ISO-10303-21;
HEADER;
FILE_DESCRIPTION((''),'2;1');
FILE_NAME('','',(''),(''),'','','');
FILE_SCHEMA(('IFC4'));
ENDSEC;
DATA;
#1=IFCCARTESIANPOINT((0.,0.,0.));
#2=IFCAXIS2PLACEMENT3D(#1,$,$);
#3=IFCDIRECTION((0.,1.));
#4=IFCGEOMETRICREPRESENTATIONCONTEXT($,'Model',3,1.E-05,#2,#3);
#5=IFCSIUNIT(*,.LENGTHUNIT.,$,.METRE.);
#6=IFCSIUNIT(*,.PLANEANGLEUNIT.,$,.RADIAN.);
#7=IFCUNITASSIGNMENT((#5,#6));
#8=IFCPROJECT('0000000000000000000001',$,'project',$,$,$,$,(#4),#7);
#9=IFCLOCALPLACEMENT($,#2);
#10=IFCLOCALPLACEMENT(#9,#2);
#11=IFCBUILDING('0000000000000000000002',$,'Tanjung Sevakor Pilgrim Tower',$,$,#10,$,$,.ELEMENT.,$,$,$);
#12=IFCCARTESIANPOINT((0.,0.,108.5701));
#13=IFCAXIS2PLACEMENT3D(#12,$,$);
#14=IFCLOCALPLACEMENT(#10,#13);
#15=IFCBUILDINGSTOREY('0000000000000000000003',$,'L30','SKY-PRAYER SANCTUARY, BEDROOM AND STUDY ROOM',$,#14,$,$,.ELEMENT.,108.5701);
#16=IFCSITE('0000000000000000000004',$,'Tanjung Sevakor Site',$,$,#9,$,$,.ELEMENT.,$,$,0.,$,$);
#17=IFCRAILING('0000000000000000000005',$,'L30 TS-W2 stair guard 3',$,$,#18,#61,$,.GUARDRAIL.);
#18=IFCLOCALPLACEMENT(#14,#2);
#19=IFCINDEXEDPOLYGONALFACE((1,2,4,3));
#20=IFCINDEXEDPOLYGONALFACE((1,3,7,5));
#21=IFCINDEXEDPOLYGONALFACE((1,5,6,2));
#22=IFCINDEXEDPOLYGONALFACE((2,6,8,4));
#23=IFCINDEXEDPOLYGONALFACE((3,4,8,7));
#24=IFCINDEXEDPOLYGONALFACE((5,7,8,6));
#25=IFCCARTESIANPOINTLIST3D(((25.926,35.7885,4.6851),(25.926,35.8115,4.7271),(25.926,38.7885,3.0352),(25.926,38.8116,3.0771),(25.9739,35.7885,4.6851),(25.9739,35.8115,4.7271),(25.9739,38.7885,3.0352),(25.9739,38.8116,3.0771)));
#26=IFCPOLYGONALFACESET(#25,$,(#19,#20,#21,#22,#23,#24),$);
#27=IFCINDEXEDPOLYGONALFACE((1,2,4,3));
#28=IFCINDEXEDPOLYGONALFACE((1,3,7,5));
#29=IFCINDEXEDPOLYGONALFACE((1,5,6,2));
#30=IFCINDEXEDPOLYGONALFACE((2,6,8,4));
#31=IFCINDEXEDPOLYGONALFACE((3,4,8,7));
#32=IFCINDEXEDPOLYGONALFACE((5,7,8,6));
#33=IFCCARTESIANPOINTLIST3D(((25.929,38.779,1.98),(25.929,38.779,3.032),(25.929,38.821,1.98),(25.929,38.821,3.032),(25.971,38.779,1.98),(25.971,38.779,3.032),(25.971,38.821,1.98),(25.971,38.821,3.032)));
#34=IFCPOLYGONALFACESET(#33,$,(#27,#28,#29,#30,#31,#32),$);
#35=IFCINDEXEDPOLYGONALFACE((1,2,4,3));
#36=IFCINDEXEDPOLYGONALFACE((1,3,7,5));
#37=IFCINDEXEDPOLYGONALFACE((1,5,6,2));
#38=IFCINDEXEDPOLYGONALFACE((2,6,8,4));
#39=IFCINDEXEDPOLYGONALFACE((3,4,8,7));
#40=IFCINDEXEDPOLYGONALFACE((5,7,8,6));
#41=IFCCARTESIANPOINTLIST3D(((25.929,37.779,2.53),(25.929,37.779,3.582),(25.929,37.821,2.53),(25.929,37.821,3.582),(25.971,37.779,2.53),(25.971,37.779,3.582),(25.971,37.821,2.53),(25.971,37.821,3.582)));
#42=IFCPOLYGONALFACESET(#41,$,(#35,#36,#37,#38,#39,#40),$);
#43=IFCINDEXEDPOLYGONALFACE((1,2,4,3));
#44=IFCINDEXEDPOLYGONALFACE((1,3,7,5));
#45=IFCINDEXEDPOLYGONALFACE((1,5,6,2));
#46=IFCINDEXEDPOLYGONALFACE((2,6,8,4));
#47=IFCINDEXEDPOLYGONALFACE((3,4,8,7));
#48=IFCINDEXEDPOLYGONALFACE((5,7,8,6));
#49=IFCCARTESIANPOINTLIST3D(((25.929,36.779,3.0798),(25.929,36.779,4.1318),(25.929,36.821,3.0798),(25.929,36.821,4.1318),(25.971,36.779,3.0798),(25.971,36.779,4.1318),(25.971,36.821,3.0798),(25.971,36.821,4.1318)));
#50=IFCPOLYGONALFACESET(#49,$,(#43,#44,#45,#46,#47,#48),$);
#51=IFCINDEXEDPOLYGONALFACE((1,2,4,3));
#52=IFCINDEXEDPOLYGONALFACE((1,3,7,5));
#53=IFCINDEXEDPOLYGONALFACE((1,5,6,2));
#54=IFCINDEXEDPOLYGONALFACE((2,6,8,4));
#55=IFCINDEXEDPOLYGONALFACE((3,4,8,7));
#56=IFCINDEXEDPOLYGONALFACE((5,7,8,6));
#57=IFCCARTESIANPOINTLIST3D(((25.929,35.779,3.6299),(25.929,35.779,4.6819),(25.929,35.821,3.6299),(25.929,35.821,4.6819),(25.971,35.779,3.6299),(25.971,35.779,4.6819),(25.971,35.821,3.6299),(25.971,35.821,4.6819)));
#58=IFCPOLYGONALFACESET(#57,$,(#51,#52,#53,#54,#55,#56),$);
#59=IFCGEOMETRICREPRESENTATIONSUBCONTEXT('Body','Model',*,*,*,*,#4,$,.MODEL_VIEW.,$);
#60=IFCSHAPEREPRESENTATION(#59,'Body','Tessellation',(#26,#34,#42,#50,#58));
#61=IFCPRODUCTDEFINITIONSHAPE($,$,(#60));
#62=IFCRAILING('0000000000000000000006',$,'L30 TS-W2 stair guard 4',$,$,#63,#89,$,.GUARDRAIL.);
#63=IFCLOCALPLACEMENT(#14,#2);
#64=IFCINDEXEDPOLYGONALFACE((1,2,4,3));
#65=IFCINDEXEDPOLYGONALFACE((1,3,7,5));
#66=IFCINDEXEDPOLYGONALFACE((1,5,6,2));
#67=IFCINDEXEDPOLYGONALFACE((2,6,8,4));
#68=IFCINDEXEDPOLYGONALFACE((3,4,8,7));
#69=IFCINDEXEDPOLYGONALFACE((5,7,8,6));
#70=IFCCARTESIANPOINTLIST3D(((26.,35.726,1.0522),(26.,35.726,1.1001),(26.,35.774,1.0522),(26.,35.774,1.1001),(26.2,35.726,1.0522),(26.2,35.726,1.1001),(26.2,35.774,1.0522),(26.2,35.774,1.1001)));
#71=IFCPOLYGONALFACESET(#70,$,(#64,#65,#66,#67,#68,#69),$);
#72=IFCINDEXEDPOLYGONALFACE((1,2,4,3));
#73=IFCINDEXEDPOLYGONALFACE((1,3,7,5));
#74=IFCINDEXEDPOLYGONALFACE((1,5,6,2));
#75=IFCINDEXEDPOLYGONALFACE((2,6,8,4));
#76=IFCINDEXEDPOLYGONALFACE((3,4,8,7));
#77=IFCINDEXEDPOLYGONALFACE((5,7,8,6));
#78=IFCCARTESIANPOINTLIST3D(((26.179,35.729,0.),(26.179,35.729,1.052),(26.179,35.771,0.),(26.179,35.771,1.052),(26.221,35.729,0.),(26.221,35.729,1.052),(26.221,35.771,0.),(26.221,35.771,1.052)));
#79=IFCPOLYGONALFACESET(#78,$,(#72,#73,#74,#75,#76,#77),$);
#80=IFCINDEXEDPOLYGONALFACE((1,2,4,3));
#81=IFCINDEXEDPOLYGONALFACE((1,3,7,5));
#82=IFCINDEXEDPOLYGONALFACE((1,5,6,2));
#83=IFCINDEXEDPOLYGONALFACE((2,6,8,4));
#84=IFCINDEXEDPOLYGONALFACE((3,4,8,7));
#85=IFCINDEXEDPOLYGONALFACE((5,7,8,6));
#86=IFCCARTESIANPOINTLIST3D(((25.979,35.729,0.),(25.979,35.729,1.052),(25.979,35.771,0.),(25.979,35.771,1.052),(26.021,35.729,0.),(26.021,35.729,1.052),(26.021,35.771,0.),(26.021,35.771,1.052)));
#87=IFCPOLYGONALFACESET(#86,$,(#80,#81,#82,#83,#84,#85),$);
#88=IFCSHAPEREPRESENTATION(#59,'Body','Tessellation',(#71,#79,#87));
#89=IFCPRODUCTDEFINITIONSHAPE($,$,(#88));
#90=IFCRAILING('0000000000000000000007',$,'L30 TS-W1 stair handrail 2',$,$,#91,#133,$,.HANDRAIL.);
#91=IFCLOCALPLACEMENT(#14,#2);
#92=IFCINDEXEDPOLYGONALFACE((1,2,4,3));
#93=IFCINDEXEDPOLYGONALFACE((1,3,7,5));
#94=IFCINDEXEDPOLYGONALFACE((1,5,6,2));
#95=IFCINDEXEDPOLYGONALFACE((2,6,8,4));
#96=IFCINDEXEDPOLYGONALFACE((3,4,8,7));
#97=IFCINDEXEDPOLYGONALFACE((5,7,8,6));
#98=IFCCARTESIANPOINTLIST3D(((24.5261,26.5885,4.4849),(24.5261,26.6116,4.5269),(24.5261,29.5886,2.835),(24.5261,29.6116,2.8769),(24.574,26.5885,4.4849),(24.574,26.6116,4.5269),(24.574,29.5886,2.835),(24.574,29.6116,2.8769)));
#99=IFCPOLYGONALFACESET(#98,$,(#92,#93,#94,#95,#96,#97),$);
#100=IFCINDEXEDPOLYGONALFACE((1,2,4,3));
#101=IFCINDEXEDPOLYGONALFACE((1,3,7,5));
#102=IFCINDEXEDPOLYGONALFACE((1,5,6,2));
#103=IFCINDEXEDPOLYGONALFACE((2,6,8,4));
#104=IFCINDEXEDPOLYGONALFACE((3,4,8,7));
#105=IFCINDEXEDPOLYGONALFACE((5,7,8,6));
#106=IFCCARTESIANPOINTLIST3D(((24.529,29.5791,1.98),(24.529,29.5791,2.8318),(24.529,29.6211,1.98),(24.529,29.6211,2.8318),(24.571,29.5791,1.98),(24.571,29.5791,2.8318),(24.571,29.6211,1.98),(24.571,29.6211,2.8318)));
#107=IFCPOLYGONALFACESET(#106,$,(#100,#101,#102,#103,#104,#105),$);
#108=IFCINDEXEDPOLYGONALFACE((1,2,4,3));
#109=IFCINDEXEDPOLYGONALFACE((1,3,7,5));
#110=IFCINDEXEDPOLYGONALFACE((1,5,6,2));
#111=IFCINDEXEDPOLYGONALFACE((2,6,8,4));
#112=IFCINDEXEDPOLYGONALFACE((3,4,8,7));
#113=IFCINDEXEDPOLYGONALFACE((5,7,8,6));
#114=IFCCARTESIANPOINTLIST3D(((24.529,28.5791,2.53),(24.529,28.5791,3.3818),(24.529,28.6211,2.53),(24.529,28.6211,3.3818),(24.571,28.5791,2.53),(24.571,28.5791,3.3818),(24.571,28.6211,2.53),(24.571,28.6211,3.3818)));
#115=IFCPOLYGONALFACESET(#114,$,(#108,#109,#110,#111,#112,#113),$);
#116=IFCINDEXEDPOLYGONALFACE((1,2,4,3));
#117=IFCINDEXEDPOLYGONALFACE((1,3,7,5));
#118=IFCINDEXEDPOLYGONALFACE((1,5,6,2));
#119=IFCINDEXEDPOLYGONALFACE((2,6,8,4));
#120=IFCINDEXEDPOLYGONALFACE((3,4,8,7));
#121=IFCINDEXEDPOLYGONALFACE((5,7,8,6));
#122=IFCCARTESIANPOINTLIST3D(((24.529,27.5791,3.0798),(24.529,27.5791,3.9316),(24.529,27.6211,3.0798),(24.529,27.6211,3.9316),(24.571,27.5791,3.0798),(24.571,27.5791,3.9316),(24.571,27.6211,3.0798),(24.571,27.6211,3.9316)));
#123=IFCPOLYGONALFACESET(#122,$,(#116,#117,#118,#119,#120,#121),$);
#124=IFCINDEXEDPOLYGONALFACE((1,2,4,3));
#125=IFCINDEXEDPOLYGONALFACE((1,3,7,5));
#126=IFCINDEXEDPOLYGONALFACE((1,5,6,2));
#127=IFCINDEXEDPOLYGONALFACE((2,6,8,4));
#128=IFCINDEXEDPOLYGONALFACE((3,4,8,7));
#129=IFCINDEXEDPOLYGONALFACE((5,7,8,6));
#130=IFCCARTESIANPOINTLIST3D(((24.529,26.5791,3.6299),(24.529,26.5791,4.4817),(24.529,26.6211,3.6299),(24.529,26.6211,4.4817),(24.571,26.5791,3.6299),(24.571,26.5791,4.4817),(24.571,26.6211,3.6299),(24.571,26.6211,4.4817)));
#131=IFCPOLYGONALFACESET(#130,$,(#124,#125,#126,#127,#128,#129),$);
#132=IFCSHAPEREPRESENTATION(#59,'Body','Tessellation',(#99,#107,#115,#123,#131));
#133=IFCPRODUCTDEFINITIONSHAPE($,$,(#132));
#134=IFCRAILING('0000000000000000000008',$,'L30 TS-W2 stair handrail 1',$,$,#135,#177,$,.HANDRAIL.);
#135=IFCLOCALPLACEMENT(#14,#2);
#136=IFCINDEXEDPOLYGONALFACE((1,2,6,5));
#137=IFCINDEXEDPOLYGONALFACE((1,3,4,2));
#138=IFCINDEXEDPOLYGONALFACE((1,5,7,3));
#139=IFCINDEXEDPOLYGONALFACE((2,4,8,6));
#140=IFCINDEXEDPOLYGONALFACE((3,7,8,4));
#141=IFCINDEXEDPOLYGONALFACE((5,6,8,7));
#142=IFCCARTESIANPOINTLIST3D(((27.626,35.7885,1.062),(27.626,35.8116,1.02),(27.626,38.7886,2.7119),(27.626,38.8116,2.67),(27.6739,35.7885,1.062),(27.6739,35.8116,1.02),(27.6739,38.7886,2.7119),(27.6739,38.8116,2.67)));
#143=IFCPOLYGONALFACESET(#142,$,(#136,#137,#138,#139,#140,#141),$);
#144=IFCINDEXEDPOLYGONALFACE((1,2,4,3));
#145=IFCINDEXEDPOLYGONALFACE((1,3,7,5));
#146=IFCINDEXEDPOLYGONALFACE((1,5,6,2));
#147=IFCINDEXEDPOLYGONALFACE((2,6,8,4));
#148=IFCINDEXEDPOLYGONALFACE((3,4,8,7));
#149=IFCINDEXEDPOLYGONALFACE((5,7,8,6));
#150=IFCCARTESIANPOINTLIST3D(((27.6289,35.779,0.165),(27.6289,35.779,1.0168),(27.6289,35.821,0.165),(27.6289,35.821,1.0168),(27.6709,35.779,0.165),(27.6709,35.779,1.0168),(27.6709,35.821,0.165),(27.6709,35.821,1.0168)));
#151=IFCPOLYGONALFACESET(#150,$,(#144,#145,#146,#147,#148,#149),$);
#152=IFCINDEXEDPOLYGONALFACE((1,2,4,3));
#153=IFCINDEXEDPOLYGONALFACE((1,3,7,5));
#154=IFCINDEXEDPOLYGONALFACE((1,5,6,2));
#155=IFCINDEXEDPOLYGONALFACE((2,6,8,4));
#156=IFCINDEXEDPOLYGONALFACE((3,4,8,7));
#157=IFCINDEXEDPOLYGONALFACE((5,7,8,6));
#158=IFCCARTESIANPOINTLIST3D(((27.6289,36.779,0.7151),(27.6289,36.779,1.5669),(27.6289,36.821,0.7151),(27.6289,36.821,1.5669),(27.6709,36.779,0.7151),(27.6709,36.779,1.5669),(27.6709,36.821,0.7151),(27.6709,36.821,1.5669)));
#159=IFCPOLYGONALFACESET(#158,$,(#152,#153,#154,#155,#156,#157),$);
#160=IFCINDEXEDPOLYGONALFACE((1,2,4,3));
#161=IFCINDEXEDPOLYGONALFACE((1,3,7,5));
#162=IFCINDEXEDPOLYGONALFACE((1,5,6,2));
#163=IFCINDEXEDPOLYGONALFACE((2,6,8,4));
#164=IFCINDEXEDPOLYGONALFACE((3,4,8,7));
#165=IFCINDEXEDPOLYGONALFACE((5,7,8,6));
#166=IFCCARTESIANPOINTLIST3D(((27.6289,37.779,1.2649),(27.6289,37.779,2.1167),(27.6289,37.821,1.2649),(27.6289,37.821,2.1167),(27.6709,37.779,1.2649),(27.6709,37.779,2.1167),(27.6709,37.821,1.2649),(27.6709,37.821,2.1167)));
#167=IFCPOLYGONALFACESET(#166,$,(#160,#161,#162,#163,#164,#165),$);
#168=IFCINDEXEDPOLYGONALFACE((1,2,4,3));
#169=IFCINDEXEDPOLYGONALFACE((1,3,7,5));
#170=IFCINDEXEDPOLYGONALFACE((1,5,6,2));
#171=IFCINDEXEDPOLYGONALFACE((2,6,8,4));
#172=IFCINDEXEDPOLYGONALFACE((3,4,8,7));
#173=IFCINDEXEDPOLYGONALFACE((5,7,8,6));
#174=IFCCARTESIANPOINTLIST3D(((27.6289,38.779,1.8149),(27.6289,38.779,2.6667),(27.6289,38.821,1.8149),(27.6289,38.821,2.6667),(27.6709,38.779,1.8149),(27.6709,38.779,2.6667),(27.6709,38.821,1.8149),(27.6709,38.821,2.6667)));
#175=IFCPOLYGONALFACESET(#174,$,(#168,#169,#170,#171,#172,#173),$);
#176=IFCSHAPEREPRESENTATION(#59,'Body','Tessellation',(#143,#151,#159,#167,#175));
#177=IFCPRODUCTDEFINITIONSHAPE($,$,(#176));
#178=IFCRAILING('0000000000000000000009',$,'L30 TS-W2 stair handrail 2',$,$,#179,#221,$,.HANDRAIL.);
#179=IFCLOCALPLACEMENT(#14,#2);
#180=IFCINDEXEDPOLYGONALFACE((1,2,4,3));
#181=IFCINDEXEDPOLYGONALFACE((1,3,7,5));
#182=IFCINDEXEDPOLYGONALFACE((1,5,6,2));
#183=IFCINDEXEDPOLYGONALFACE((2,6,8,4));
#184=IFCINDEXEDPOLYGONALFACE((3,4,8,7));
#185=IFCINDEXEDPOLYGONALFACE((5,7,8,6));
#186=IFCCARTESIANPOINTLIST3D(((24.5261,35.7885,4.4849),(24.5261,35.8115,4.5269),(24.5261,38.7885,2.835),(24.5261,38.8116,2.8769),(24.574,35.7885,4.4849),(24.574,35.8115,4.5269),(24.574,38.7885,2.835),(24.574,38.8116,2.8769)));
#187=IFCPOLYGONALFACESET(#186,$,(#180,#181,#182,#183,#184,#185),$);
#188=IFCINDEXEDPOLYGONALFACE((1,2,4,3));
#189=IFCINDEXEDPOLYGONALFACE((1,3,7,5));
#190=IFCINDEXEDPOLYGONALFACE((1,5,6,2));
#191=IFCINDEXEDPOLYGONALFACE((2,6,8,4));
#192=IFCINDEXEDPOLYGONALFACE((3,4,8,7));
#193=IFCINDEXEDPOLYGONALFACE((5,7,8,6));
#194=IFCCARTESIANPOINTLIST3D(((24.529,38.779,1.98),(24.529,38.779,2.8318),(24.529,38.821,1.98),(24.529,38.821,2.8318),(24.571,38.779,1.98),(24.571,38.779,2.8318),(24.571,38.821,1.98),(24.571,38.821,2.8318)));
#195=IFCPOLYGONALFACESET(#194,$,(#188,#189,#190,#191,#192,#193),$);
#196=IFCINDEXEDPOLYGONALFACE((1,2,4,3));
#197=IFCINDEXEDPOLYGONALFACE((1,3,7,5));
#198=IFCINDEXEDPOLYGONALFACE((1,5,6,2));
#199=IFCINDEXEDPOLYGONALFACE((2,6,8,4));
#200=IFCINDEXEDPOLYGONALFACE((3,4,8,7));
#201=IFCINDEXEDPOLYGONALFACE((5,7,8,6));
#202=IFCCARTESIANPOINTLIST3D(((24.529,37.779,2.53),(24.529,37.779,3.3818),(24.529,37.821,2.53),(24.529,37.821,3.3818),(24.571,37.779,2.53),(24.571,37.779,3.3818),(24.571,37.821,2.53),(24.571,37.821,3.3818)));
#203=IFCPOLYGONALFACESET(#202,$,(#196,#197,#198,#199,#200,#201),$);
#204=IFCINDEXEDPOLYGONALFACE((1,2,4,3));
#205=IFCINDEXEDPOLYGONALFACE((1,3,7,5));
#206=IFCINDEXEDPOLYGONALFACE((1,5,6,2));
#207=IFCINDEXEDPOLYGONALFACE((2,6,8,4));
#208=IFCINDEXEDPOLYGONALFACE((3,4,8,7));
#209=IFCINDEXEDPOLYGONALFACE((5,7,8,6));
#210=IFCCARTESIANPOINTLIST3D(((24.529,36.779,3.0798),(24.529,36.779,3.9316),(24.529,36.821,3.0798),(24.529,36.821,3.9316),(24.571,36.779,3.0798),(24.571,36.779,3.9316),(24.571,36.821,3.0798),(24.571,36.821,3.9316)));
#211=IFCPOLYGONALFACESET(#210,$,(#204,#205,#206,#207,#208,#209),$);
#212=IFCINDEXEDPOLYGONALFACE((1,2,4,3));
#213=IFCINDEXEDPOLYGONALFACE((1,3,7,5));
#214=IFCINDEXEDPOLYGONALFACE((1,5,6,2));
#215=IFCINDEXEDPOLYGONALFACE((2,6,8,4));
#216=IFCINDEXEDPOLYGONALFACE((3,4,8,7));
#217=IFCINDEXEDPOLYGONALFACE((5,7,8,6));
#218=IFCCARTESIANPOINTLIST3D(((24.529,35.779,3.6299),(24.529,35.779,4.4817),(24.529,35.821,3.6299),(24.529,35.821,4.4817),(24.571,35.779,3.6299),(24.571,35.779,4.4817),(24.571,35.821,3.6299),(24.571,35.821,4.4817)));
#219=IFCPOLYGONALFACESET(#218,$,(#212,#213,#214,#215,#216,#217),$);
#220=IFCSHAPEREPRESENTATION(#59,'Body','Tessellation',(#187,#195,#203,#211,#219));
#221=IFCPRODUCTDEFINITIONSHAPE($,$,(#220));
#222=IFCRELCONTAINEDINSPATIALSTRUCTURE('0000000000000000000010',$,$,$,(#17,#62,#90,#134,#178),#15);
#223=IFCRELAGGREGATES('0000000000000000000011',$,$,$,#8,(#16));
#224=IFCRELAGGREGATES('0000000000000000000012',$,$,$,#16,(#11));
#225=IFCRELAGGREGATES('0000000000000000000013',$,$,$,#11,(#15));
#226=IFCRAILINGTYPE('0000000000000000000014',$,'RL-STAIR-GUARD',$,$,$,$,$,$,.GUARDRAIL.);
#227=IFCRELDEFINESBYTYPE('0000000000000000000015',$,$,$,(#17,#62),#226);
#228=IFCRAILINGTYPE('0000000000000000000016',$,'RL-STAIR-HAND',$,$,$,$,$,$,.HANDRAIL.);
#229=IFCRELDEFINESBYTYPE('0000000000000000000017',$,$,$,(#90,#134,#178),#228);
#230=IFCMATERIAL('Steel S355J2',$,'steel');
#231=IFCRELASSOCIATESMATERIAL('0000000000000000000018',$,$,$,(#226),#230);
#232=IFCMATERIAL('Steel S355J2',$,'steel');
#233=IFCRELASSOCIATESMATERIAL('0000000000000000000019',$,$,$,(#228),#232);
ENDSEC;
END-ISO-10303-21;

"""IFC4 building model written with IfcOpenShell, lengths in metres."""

from ifc_helpers import new_model, si_unit, direction, frame, origin, place, context, subcontext, project, spatial, rectangle, extrude, material, type_object, element, save


model = new_model("IFC4")

# Units and contexts
model_context = context("Model", 3, precision=1e-05, world=origin(), true_north=direction((0.0, 1.0)))
body_context = subcontext(model_context, "Body", "Model", "MODEL_VIEW")
ifc_project = project(units=[si_unit("LENGTHUNIT", "METRE"), si_unit("PLANEANGLEUNIT", "RADIAN")], contexts=[model_context])

# Site, building, storey
site_placement = place(None, origin())
site = spatial("IfcSite", under=ifc_project, at=site_placement, Name="Tanjung Sevakor Site", CompositionType="ELEMENT", RefElevation=0.0)
building_placement = place(site_placement, origin())
building = spatial("IfcBuilding", under=site, at=building_placement, Name="Tanjung Sevakor Pilgrim Tower", CompositionType="ELEMENT")
storey_placement = place(building_placement, frame((0.0, 0.0, 108.5701)))
storey = spatial("IfcBuildingStorey", under=building, at=storey_placement, Name="L30", Description="SKY-PRAYER SANCTUARY, BEDROOM AND STUDY ROOM", CompositionType="ELEMENT", Elevation=108.5701)

# Railings
ifc_material_1 = material(Name="Steel S355J2", Category="steel")
railing_type_1 = type_object("IfcRailingType", Name="RL-STAIR-GUARD", PredefinedType="GUARDRAIL", material=ifc_material_1)
railing_1_placement = place(storey_placement, frame((25.95, 38.8, 1.98)))
element("IfcRailing", 1, at=railing_1_placement, inside=storey, type_object=railing_type_1, Name="L30 TS-W2 stair guard 3", PredefinedType="GUARDRAIL", context=body_context, shape_type="SweptSolid", body=[
    extrude(rectangle(XDim=0.0479, YDim=0.0479), frame((0.0, 0.0, 1.0762), z_axis=(0.0, -0.876228, 0.481897), x_axis=(1.0, 0.0, 0.0)), (0.0, 0.0, 1.0), 3.4238),
    extrude(rectangle(XDim=0.042, YDim=0.042), origin(), (0.0, 0.0, 1.0), 1.052),
    extrude(rectangle(XDim=0.042, YDim=0.042), frame((0.0, -1.0, 0.55)), (0.0, 0.0, 1.0), 1.052),
    extrude(rectangle(XDim=0.042, YDim=0.042), frame((0.0, -2.0, 1.0999)), (0.0, 0.0, 1.0), 1.052),
    extrude(rectangle(XDim=0.042, YDim=0.042), frame((0.0, -3.0, 1.6499)), (0.0, 0.0, 1.0), 1.052),
])
railing_2_placement = place(storey_placement, frame((26.2, 35.75, 0.0)))
element("IfcRailing", 2, at=railing_2_placement, inside=storey, type_object=railing_type_1, Name="L30 TS-W2 stair guard 4", PredefinedType="GUARDRAIL", context=body_context, shape_type="SweptSolid", body=[
    extrude(rectangle(XDim=0.0479, YDim=0.0479), frame((0.0, 0.0, 1.0762), z_axis=(-1.0, 0.0, 0.0), x_axis=(0.0, -1.0, 0.0)), (0.0, 0.0, 1.0), 0.2),
    extrude(rectangle(XDim=0.042, YDim=0.042), origin(), (0.0, 0.0, 1.0), 1.052),
    extrude(rectangle(XDim=0.042, YDim=0.042), frame((-0.2, 0.0, 0.0)), (0.0, 0.0, 1.0), 1.052),
])
ifc_material_2 = material(Name="Steel S355J2", Category="steel")
railing_type_2 = type_object("IfcRailingType", Name="RL-STAIR-HAND", PredefinedType="HANDRAIL", material=ifc_material_2)
railing_3_placement = place(storey_placement, frame((24.55, 29.6001, 1.98)))
element("IfcRailing", 3, at=railing_3_placement, inside=storey, type_object=railing_type_2, Name="L30 TS-W1 stair handrail 2", PredefinedType="HANDRAIL", context=body_context, shape_type="SweptSolid", body=[
    extrude(rectangle(XDim=0.0479, YDim=0.0479), frame((0.0, 0.0, 0.876), z_axis=(0.0, -0.876228, 0.481897), x_axis=(1.0, 0.0, 0.0)), (0.0, 0.0, 1.0), 3.4238),
    extrude(rectangle(XDim=0.042, YDim=0.042), origin(), (0.0, 0.0, 1.0), 0.8518),
    extrude(rectangle(XDim=0.042, YDim=0.042), frame((0.0, -1.0, 0.55)), (0.0, 0.0, 1.0), 0.8518),
    extrude(rectangle(XDim=0.042, YDim=0.042), frame((0.0, -2.0, 1.0999)), (0.0, 0.0, 1.0), 0.8518),
    extrude(rectangle(XDim=0.042, YDim=0.042), frame((0.0, -3.0, 1.6499)), (0.0, 0.0, 1.0), 0.8518),
])
railing_4_placement = place(storey_placement, frame((27.6499, 35.8, 0.165)))
element("IfcRailing", 4, at=railing_4_placement, inside=storey, type_object=railing_type_2, Name="L30 TS-W2 stair handrail 1", PredefinedType="HANDRAIL", context=body_context, shape_type="SweptSolid", body=[
    extrude(rectangle(XDim=0.0479, YDim=0.0479), frame((0.0, 0.0, 0.876), z_axis=(0.0, 0.876228, 0.481897), x_axis=(-1.0, 0.0, 0.0)), (0.0, 0.0, 1.0), 3.4238),
    extrude(rectangle(XDim=0.042, YDim=0.042), origin(), (0.0, 0.0, 1.0), 0.8518),
    extrude(rectangle(XDim=0.042, YDim=0.042), frame((0.0, 1.0, 0.55)), (0.0, 0.0, 1.0), 0.8518),
    extrude(rectangle(XDim=0.042, YDim=0.042), frame((0.0, 2.0, 1.0999)), (0.0, 0.0, 1.0), 0.8518),
    extrude(rectangle(XDim=0.042, YDim=0.042), frame((0.0, 3.0, 1.6499)), (0.0, 0.0, 1.0), 0.8518),
])
railing_5_placement = place(storey_placement, frame((24.55, 38.8, 1.98)))
element("IfcRailing", 5, at=railing_5_placement, inside=storey, type_object=railing_type_2, Name="L30 TS-W2 stair handrail 2", PredefinedType="HANDRAIL", context=body_context, shape_type="SweptSolid", body=[
    extrude(rectangle(XDim=0.0479, YDim=0.0479), frame((0.0, 0.0, 0.876), z_axis=(0.0, -0.876228, 0.481897), x_axis=(1.0, 0.0, 0.0)), (0.0, 0.0, 1.0), 3.4238),
    extrude(rectangle(XDim=0.042, YDim=0.042), origin(), (0.0, 0.0, 1.0), 0.8518),
    extrude(rectangle(XDim=0.042, YDim=0.042), frame((0.0, -1.0, 0.55)), (0.0, 0.0, 1.0), 0.8518),
    extrude(rectangle(XDim=0.042, YDim=0.042), frame((0.0, -2.0, 1.0999)), (0.0, 0.0, 1.0), 0.8518),
    extrude(rectangle(XDim=0.042, YDim=0.042), frame((0.0, -3.0, 1.6499)), (0.0, 0.0, 1.0), 0.8518),
])

save(model, "model.ifc")
